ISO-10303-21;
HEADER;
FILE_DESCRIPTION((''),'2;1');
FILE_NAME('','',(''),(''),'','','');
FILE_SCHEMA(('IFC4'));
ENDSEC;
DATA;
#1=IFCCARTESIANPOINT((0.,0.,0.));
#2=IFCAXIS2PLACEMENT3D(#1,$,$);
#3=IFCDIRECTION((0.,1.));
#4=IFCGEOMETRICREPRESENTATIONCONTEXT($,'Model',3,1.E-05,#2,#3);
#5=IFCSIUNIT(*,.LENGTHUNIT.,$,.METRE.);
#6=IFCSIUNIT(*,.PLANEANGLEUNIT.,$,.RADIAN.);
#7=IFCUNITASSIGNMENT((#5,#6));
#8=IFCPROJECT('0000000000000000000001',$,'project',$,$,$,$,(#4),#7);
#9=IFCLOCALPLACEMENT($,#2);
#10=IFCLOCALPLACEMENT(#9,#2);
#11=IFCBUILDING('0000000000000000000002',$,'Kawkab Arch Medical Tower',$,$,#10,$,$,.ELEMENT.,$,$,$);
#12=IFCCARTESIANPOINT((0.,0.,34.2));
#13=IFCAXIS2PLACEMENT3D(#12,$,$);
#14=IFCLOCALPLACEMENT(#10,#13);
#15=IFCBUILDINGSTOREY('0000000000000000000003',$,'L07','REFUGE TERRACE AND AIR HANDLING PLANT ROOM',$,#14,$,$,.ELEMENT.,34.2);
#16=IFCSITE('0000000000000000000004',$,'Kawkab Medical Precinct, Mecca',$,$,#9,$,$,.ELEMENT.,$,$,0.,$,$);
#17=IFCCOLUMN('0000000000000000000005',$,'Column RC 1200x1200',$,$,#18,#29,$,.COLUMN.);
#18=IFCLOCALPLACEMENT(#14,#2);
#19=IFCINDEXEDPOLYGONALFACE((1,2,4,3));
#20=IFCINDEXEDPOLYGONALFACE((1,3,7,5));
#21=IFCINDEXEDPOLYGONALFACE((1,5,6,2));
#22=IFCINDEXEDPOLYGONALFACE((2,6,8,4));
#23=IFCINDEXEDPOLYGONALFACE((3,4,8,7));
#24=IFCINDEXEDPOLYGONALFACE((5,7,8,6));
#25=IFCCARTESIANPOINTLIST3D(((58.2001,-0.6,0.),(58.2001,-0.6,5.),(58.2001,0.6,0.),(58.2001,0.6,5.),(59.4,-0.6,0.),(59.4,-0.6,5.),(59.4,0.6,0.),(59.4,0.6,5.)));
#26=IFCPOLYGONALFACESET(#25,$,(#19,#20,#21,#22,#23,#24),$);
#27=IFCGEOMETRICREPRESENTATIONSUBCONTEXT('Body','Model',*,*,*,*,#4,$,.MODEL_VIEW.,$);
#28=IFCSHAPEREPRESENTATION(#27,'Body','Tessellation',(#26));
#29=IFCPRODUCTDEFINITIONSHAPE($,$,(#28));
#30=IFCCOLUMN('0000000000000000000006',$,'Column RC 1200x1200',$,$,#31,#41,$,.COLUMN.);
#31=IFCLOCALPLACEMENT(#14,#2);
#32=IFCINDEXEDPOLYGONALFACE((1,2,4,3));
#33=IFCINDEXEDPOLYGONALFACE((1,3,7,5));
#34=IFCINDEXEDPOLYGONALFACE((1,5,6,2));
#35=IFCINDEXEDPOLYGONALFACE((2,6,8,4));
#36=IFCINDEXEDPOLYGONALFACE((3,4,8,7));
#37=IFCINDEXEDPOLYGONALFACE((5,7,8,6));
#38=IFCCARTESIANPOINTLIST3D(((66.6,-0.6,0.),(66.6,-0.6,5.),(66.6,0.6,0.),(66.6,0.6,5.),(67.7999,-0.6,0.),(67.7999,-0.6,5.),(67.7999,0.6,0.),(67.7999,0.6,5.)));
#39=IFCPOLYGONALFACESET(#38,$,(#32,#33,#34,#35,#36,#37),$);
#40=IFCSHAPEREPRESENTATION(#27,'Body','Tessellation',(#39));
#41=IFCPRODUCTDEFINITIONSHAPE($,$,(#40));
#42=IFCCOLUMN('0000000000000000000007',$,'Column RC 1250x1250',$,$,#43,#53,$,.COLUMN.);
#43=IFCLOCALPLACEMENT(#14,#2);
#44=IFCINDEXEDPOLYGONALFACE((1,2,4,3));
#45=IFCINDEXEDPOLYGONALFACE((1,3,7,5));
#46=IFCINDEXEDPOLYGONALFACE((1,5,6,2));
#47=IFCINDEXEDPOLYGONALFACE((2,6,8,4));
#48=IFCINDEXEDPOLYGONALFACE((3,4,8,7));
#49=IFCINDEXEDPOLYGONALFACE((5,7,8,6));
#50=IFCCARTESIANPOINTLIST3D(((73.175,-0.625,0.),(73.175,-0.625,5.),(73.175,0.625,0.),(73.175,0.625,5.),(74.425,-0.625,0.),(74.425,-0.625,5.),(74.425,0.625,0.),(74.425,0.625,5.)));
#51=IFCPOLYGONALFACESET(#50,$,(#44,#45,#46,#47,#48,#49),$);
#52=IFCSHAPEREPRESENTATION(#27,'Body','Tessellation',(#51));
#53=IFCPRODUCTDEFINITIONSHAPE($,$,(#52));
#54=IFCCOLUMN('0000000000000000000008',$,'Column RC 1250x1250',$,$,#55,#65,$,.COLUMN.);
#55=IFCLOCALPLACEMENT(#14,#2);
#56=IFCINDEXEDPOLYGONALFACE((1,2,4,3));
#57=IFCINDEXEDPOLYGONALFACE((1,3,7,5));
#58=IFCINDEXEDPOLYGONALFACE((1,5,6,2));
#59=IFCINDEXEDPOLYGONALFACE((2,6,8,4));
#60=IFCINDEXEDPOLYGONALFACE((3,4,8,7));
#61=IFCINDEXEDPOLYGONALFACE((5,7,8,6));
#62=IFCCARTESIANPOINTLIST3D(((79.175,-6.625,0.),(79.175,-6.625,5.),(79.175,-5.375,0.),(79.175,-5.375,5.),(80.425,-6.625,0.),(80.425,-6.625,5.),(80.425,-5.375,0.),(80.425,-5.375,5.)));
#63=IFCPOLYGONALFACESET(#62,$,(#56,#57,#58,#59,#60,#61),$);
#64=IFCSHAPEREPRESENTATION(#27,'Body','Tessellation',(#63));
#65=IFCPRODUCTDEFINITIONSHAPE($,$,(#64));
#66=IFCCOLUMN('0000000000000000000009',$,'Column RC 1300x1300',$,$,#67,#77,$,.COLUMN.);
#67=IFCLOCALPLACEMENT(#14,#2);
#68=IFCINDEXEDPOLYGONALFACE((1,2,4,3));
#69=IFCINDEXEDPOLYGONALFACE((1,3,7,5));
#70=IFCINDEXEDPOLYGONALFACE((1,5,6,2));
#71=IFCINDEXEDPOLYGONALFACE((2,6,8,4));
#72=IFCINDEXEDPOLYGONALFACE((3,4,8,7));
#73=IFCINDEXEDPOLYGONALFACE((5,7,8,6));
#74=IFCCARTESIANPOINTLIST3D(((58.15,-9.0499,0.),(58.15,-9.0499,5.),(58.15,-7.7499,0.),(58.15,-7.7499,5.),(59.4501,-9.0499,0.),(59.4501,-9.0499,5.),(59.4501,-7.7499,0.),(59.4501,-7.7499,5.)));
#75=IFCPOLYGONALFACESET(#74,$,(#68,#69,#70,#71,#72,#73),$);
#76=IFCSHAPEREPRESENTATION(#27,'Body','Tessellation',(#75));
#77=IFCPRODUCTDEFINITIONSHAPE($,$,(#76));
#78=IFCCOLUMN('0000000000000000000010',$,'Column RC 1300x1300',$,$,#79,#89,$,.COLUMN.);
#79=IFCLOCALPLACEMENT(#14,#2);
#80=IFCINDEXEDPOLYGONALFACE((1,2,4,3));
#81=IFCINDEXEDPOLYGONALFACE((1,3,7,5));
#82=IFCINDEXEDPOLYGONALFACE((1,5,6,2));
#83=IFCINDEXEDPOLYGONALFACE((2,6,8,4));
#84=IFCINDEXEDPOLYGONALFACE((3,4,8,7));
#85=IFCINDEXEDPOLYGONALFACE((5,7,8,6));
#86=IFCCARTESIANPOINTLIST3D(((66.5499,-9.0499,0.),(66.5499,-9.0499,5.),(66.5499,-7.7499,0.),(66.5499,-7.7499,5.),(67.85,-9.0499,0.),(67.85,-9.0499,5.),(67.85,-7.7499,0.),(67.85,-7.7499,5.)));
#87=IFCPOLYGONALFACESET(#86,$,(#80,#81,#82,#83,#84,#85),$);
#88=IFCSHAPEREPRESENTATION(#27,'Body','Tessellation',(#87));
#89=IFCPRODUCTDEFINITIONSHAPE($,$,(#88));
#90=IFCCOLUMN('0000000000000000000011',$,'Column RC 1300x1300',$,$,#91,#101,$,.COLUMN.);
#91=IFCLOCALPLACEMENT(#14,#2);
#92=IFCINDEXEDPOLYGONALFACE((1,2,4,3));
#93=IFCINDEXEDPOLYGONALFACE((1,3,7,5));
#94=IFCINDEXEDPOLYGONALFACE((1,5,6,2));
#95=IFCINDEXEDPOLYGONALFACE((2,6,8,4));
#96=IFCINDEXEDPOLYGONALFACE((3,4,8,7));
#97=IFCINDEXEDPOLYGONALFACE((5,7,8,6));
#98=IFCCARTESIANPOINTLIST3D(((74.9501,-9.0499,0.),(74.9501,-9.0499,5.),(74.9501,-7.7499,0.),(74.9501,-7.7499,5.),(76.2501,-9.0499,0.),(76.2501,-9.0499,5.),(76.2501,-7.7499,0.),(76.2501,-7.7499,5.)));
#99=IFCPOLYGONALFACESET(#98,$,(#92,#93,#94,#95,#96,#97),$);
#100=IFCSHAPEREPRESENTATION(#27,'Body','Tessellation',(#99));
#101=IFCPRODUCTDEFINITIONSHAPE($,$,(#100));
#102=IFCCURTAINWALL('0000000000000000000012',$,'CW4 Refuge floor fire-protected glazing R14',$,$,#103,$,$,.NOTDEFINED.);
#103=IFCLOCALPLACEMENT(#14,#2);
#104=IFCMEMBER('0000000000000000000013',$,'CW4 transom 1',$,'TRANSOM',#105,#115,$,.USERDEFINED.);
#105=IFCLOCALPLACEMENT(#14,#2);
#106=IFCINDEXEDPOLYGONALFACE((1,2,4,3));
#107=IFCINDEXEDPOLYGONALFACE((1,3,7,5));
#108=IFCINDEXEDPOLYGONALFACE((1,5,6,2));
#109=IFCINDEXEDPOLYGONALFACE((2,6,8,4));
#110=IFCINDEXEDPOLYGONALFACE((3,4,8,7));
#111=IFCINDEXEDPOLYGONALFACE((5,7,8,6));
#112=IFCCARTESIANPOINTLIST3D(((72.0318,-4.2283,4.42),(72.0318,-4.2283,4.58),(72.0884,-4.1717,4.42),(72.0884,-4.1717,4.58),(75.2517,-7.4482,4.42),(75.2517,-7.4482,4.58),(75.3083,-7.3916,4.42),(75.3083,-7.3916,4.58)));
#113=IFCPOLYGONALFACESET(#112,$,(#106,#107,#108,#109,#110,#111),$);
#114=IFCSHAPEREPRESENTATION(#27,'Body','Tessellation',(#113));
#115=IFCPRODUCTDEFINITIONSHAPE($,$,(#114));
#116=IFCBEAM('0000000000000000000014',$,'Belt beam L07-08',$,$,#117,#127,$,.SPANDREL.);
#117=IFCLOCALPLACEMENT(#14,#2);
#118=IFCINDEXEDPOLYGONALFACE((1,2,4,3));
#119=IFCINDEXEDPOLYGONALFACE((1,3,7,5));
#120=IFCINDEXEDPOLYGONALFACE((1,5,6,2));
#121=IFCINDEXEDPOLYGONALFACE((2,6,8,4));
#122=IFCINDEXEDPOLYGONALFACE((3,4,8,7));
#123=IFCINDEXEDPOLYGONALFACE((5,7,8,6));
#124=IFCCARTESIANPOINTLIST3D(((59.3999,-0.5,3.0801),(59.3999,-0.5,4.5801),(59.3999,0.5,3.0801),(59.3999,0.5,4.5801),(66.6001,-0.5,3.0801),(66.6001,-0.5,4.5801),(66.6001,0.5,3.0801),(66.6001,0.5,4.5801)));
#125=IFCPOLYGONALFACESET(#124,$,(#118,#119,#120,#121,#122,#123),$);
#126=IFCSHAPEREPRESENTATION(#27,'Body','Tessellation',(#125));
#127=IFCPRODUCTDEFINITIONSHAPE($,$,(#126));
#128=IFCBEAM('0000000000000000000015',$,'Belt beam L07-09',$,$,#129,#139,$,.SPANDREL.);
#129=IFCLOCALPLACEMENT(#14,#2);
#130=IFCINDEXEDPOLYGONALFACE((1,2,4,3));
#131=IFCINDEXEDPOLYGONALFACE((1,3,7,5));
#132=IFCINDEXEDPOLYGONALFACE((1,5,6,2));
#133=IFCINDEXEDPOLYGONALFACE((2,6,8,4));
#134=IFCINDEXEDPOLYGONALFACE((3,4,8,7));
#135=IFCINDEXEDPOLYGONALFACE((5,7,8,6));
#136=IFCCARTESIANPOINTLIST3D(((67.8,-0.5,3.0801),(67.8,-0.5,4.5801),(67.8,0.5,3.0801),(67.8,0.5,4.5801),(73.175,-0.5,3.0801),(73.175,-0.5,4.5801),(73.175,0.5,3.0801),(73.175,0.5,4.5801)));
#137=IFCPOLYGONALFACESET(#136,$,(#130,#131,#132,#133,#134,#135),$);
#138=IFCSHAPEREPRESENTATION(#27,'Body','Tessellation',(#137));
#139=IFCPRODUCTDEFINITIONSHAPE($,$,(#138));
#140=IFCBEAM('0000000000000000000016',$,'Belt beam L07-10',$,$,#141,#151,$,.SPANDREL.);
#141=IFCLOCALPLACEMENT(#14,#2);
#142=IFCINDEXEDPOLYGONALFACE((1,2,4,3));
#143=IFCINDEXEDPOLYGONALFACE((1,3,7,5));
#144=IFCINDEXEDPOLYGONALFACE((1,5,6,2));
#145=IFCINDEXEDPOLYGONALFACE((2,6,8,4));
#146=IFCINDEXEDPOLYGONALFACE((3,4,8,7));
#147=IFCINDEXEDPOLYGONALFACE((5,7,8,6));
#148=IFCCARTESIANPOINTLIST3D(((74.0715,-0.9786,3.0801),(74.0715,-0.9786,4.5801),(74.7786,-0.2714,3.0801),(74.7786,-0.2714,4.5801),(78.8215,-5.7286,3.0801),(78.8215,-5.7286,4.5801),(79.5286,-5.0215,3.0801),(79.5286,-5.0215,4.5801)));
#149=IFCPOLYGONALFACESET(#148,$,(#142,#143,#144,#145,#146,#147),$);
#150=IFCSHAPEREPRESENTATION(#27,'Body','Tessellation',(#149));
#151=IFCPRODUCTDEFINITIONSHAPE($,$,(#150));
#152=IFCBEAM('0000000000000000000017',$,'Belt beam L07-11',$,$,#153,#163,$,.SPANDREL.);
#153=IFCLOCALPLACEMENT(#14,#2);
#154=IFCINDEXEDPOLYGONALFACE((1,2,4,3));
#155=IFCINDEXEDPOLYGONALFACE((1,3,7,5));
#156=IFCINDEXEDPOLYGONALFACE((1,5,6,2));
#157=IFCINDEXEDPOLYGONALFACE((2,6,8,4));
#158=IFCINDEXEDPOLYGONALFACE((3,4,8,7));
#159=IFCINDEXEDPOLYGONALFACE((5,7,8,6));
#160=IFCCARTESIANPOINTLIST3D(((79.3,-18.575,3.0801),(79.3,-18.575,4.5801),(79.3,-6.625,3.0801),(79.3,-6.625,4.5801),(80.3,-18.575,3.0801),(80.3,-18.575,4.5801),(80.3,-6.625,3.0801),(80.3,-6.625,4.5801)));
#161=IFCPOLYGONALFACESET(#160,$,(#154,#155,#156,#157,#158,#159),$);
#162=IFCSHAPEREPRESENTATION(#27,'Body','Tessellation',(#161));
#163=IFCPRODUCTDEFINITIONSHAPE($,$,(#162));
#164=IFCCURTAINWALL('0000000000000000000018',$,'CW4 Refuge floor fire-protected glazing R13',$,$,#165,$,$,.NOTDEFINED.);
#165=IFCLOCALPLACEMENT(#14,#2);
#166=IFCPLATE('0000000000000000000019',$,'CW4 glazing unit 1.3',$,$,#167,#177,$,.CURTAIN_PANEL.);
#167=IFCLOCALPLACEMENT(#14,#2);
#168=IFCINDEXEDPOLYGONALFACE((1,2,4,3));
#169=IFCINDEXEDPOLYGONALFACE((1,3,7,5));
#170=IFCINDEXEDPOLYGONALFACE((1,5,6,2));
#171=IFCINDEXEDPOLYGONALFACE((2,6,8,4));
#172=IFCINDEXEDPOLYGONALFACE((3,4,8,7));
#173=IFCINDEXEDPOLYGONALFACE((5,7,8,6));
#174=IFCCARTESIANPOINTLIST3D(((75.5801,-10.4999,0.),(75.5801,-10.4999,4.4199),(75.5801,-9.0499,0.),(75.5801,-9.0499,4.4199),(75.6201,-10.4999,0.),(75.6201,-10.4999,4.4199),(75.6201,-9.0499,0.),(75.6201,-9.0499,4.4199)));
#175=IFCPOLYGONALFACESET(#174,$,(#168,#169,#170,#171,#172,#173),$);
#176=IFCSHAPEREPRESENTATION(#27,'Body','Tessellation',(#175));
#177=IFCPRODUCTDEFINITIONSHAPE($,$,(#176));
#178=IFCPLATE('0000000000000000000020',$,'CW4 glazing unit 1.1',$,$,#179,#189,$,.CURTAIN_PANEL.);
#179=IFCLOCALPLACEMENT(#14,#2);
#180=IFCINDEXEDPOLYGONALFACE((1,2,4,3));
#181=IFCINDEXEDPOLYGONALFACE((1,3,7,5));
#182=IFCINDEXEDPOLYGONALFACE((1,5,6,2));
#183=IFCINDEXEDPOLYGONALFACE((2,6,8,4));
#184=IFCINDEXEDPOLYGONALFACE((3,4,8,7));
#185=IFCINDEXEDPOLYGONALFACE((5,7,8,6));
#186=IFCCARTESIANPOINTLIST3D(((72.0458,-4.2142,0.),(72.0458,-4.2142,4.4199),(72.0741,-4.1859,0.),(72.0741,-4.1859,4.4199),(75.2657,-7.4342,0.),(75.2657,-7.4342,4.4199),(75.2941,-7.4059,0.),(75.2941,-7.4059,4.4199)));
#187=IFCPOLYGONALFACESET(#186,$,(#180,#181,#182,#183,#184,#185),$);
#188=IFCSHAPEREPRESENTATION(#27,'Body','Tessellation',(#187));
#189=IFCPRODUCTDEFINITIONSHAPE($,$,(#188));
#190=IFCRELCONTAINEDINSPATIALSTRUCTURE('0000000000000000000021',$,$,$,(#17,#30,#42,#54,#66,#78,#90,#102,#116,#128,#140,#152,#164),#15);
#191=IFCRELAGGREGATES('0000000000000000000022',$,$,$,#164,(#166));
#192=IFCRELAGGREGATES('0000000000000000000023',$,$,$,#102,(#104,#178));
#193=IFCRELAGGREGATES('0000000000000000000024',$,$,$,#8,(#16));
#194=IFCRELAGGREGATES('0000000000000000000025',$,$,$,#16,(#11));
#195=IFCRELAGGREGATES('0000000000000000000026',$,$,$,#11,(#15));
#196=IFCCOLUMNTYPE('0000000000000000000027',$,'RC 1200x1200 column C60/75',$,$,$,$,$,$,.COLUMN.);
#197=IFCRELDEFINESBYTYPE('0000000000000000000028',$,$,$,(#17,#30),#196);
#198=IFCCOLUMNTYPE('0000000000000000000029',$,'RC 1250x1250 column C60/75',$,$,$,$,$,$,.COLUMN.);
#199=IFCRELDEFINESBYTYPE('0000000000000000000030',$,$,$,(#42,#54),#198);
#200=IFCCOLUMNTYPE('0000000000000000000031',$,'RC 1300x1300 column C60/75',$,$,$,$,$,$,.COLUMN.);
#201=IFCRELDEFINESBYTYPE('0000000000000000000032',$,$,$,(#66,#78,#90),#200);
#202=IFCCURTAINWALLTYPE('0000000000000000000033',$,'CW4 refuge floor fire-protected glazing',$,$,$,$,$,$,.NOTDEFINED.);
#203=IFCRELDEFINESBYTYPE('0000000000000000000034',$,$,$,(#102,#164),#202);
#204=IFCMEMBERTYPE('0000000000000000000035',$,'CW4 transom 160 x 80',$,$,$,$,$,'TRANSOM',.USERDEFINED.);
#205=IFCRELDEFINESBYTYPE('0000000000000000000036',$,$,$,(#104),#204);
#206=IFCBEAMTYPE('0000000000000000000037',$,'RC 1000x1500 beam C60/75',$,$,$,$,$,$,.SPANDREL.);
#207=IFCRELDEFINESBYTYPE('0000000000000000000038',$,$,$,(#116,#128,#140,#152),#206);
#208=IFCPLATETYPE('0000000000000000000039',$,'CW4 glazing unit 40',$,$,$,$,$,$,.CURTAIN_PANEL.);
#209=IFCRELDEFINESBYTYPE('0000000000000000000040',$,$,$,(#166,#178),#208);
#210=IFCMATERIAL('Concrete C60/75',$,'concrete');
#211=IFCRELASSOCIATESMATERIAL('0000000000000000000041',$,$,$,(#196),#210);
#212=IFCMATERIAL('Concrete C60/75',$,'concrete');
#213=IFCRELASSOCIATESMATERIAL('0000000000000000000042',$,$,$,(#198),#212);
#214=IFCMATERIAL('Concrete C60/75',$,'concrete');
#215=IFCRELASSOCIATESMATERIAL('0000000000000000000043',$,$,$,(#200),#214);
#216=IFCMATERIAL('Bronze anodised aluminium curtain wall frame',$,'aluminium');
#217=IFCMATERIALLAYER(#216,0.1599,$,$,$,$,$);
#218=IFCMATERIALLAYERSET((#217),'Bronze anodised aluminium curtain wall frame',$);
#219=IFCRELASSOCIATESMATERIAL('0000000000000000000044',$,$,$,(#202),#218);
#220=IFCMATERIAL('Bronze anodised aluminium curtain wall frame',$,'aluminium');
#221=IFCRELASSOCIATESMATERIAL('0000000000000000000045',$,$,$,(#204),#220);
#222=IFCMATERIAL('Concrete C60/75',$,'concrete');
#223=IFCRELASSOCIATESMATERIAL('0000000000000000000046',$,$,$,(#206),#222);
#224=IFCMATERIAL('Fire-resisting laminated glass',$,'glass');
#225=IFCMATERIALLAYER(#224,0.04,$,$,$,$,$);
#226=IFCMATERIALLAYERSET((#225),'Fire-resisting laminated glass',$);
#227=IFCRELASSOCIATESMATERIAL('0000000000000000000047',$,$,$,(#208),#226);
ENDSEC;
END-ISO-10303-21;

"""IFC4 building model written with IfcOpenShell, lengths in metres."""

from ifc_helpers import new_model, si_unit, direction, frame, origin, origin_2d, place, context, subcontext, project, spatial, rectangle, extrude, material, layer, layer_set, material_profile, profile_set, type_object, element, aggregate, save


model = new_model("IFC4")

# Units and contexts
model_context = context("Model", 3, precision=1e-05, world=origin(), true_north=direction((0.0, 1.0)))
body_context = subcontext(model_context, "Body", "Model", "MODEL_VIEW")
ifc_project = project(units=[si_unit("LENGTHUNIT", "METRE"), si_unit("PLANEANGLEUNIT", "RADIAN")], contexts=[model_context])

# Site, building, storey
site_placement = place(None, origin())
site = spatial("IfcSite", under=ifc_project, at=site_placement, Name="Kawkab Medical Precinct, Mecca", CompositionType="ELEMENT", RefElevation=0.0)
building_placement = place(site_placement, origin())
building = spatial("IfcBuilding", under=site, at=building_placement, Name="Kawkab Arch Medical Tower", CompositionType="ELEMENT")
storey_placement = place(building_placement, frame((0.0, 0.0, 34.2)))
storey = spatial("IfcBuildingStorey", under=building, at=storey_placement, Name="L07", Description="REFUGE TERRACE AND AIR HANDLING PLANT ROOM", CompositionType="ELEMENT", Elevation=34.2)

# Columns
ifc_material_1 = material(Name="Concrete C60/75", Category="concrete")
ifc_material_profile_1 = material_profile(ifc_material_1, rectangle(XDim=1.2, YDim=1.2, at=origin_2d()), Name="RC 1200x1200")
ifc_profile_set_1 = profile_set([ifc_material_profile_1], Name="Concrete C60/75")
column_type_1 = type_object("IfcColumnType", Name="RC 1200x1200 column C60/75", PredefinedType="COLUMN", material=ifc_profile_set_1)
for number, where, z_axis, x_axis, name in (
    (1, (58.8, 0.0, 0.0), (0.0, 0.0, 1.0), (1.0, 0.0, 0.0), "Column RC 1200x1200"),
    (2, (67.2, 0.0, 0.0), (0.0, 0.0, 1.0), (1.0, 0.0, 0.0), "Column RC 1200x1200"),
):
    element("IfcColumn", number, at=place(storey_placement, frame(where, z_axis=z_axis, x_axis=x_axis)), inside=storey, type_object=column_type_1, Name=name, PredefinedType="COLUMN", context=body_context, shape_type="SweptSolid", body=[
        extrude(rectangle(XDim=1.2, YDim=1.2, at=origin_2d()), origin(), (0.0, 0.0, 1.0), 5.0),
    ])
ifc_material_2 = material(Name="Concrete C60/75", Category="concrete")
ifc_material_profile_2 = material_profile(ifc_material_2, rectangle(XDim=1.25, YDim=1.25, at=origin_2d()), Name="RC 1250x1250")
ifc_profile_set_2 = profile_set([ifc_material_profile_2], Name="Concrete C60/75")
column_type_2 = type_object("IfcColumnType", Name="RC 1250x1250 column C60/75", PredefinedType="COLUMN", material=ifc_profile_set_2)
for number, where, z_axis, x_axis, name in (
    (3, (73.8, 0.0, 0.0), (0.0, 0.0, 1.0), (1.0, 0.0, 0.0), "Column RC 1250x1250"),
    (4, (79.8, -6.0, 0.0), (0.0, 0.0, 1.0), (1.0, 0.0, 0.0), "Column RC 1250x1250"),
):
    element("IfcColumn", number, at=place(storey_placement, frame(where, z_axis=z_axis, x_axis=x_axis)), inside=storey, type_object=column_type_2, Name=name, PredefinedType="COLUMN", context=body_context, shape_type="SweptSolid", body=[
        extrude(rectangle(XDim=1.25, YDim=1.25, at=origin_2d()), origin(), (0.0, 0.0, 1.0), 5.0),
    ])
ifc_material_3 = material(Name="Concrete C60/75", Category="concrete")
ifc_material_profile_3 = material_profile(ifc_material_3, rectangle(XDim=1.3, YDim=1.3, at=origin_2d()), Name="RC 1300x1300")
ifc_profile_set_3 = profile_set([ifc_material_profile_3], Name="Concrete C60/75")
column_type_3 = type_object("IfcColumnType", Name="RC 1300x1300 column C60/75", PredefinedType="COLUMN", material=ifc_profile_set_3)
for number, where, z_axis, x_axis, name in (
    (5, (58.8, -8.3999, 0.0), (0.0, 0.0, 1.0), (1.0, 0.0, 0.0), "Column RC 1300x1300"),
    (6, (67.2, -8.3999, 0.0), (0.0, 0.0, 1.0), (1.0, 0.0, 0.0), "Column RC 1300x1300"),
    (7, (75.6001, -8.3999, 0.0), (0.0, 0.0, 1.0), (1.0, 0.0, 0.0), "Column RC 1300x1300"),
):
    element("IfcColumn", number, at=place(storey_placement, frame(where, z_axis=z_axis, x_axis=x_axis)), inside=storey, type_object=column_type_3, Name=name, PredefinedType="COLUMN", context=body_context, shape_type="SweptSolid", body=[
        extrude(rectangle(XDim=1.3, YDim=1.3, at=origin_2d()), origin(), (0.0, 0.0, 1.0), 5.0),
    ])

# Curtain wall, member
ifc_material_4 = material(Name="Bronze anodised aluminium curtain wall frame", Category="aluminium")
ifc_layer_1 = layer(ifc_material_4, 0.1599)
ifc_layer_set_1 = layer_set([ifc_layer_1], Name="Bronze anodised aluminium curtain wall frame")
curtain_wall_type = type_object("IfcCurtainWallType", Name="CW4 refuge floor fire-protected glazing", PredefinedType="NOTDEFINED", material=ifc_layer_set_1)
placement = place(storey_placement, origin())
curtain_wall_1 = element("IfcCurtainWall", 8, at=placement, inside=storey, type_object=curtain_wall_type, Name="CW4 Refuge floor fire-protected glazing R14", PredefinedType="NOTDEFINED")
ifc_material_5 = material(Name="Bronze anodised aluminium curtain wall frame", Category="aluminium")
ifc_material_profile_4 = material_profile(ifc_material_5, rectangle(XDim=0.0801, YDim=0.1599, at=origin_2d()), Name="AL 80x160")
ifc_profile_set_4 = profile_set([ifc_material_profile_4], Name="Bronze anodised aluminium curtain wall frame")
member_type = type_object("IfcMemberType", Name="CW4 transom 160 x 80", ElementType="TRANSOM", PredefinedType="USERDEFINED", material=ifc_profile_set_4)
member_placement = place(storey_placement, frame((75.28, -7.4199, 4.5), z_axis=(-0.707107, 0.707107, 0.0), x_axis=(-0.707107, -0.707107, 0.0)))
member = element("IfcMember", 9, at=member_placement, type_object=member_type, Name="CW4 transom 1", ObjectType="TRANSOM", PredefinedType="USERDEFINED", context=body_context, shape_type="SweptSolid", body=[
    extrude(rectangle(XDim=0.0801, YDim=0.1599, at=origin_2d()), origin(), (0.0, 0.0, 1.0), 4.5537),
])

# Beams
ifc_material_6 = material(Name="Concrete C60/75", Category="concrete")
ifc_material_profile_5 = material_profile(ifc_material_6, rectangle(XDim=1.0, YDim=1.5, at=origin_2d()), Name="RC 1000x1500")
ifc_profile_set_5 = profile_set([ifc_material_profile_5], Name="Concrete C60/75")
beam_type = type_object("IfcBeamType", Name="RC 1000x1500 beam C60/75", PredefinedType="SPANDREL", material=ifc_profile_set_5)
beam_1_placement = place(storey_placement, frame((59.3999, 0.0, 3.8301), z_axis=(1.0, 0.0, 0.0), x_axis=(0.0, 1.0, 0.0)))
element("IfcBeam", 10, at=beam_1_placement, inside=storey, type_object=beam_type, Name="Belt beam L07-08", PredefinedType="SPANDREL", context=body_context, shape_type="SweptSolid", body=[
    extrude(rectangle(XDim=1.0, YDim=1.5, at=origin_2d()), origin(), (0.0, 0.0, 1.0), 7.2002),
])
beam_2_placement = place(storey_placement, frame((67.8, 0.0, 3.8301), z_axis=(1.0, 0.0, 0.0), x_axis=(0.0, 1.0, 0.0)))
element("IfcBeam", 11, at=beam_2_placement, inside=storey, type_object=beam_type, Name="Belt beam L07-09", PredefinedType="SPANDREL", context=body_context, shape_type="SweptSolid", body=[
    extrude(rectangle(XDim=1.0, YDim=1.5, at=origin_2d()), origin(), (0.0, 0.0, 1.0), 5.375),
])
beam_3_placement = place(storey_placement, frame((74.425, -0.625, 3.8301), z_axis=(0.707107, -0.707107, 0.0), x_axis=(0.707107, 0.707107, 0.0)))
element("IfcBeam", 12, at=beam_3_placement, inside=storey, type_object=beam_type, Name="Belt beam L07-10", PredefinedType="SPANDREL", context=body_context, shape_type="SweptSolid", body=[
    extrude(rectangle(XDim=1.0, YDim=1.5, at=origin_2d()), origin(), (0.0, 0.0, 1.0), 6.7175),
])
beam_4_placement = place(storey_placement, frame((79.8, -6.625, 3.8301), z_axis=(0.0, -1.0, 0.0), x_axis=(1.0, 0.0, 0.0)))
element("IfcBeam", 13, at=beam_4_placement, inside=storey, type_object=beam_type, Name="Belt beam L07-11", PredefinedType="SPANDREL", context=body_context, shape_type="SweptSolid", body=[
    extrude(rectangle(XDim=1.0, YDim=1.5, at=origin_2d()), origin(), (0.0, 0.0, 1.0), 11.95),
])

# Curtain wall, plate
curtain_wall_2 = element("IfcCurtainWall", 14, at=placement, inside=storey, type_object=curtain_wall_type, Name="CW4 Refuge floor fire-protected glazing R13", PredefinedType="NOTDEFINED")
ifc_material_7 = material(Name="Fire-resisting laminated glass", Category="glass")
ifc_layer_2 = layer(ifc_material_7, 0.04)
ifc_layer_set_2 = layer_set([ifc_layer_2], Name="Fire-resisting laminated glass")
plate_type = type_object("IfcPlateType", Name="CW4 glazing unit 40", PredefinedType="CURTAIN_PANEL", material=ifc_layer_set_2)
plate_1_placement = place(storey_placement, frame((75.6001, -9.7749, 0.0), z_axis=(0.0, 0.0, 1.0), x_axis=(0.0, 1.0, 0.0)))
plate_1 = element("IfcPlate", 15, at=plate_1_placement, type_object=plate_type, Name="CW4 glazing unit 1.3", PredefinedType="CURTAIN_PANEL", context=body_context, shape_type="SweptSolid", body=[
    extrude(rectangle(XDim=1.45, YDim=0.04, at=origin_2d()), origin(), (0.0, 0.0, 1.0), 4.4199),
])
aggregate(curtain_wall_2, [plate_1])

# Plate
plate_2_placement = place(storey_placement, frame((73.6699, -5.8101, 0.0), z_axis=(0.0, 0.0, 1.0), x_axis=(-0.707107, 0.707107, 0.0)))
plate_2 = element("IfcPlate", 16, at=plate_2_placement, type_object=plate_type, Name="CW4 glazing unit 1.1", PredefinedType="CURTAIN_PANEL", context=body_context, shape_type="SweptSolid", body=[
    extrude(rectangle(XDim=4.5537, YDim=0.04, at=origin_2d()), origin(), (0.0, 0.0, 1.0), 4.4199),
])
aggregate(curtain_wall_1, [member, plate_2])

save(model, "model.ifc")
